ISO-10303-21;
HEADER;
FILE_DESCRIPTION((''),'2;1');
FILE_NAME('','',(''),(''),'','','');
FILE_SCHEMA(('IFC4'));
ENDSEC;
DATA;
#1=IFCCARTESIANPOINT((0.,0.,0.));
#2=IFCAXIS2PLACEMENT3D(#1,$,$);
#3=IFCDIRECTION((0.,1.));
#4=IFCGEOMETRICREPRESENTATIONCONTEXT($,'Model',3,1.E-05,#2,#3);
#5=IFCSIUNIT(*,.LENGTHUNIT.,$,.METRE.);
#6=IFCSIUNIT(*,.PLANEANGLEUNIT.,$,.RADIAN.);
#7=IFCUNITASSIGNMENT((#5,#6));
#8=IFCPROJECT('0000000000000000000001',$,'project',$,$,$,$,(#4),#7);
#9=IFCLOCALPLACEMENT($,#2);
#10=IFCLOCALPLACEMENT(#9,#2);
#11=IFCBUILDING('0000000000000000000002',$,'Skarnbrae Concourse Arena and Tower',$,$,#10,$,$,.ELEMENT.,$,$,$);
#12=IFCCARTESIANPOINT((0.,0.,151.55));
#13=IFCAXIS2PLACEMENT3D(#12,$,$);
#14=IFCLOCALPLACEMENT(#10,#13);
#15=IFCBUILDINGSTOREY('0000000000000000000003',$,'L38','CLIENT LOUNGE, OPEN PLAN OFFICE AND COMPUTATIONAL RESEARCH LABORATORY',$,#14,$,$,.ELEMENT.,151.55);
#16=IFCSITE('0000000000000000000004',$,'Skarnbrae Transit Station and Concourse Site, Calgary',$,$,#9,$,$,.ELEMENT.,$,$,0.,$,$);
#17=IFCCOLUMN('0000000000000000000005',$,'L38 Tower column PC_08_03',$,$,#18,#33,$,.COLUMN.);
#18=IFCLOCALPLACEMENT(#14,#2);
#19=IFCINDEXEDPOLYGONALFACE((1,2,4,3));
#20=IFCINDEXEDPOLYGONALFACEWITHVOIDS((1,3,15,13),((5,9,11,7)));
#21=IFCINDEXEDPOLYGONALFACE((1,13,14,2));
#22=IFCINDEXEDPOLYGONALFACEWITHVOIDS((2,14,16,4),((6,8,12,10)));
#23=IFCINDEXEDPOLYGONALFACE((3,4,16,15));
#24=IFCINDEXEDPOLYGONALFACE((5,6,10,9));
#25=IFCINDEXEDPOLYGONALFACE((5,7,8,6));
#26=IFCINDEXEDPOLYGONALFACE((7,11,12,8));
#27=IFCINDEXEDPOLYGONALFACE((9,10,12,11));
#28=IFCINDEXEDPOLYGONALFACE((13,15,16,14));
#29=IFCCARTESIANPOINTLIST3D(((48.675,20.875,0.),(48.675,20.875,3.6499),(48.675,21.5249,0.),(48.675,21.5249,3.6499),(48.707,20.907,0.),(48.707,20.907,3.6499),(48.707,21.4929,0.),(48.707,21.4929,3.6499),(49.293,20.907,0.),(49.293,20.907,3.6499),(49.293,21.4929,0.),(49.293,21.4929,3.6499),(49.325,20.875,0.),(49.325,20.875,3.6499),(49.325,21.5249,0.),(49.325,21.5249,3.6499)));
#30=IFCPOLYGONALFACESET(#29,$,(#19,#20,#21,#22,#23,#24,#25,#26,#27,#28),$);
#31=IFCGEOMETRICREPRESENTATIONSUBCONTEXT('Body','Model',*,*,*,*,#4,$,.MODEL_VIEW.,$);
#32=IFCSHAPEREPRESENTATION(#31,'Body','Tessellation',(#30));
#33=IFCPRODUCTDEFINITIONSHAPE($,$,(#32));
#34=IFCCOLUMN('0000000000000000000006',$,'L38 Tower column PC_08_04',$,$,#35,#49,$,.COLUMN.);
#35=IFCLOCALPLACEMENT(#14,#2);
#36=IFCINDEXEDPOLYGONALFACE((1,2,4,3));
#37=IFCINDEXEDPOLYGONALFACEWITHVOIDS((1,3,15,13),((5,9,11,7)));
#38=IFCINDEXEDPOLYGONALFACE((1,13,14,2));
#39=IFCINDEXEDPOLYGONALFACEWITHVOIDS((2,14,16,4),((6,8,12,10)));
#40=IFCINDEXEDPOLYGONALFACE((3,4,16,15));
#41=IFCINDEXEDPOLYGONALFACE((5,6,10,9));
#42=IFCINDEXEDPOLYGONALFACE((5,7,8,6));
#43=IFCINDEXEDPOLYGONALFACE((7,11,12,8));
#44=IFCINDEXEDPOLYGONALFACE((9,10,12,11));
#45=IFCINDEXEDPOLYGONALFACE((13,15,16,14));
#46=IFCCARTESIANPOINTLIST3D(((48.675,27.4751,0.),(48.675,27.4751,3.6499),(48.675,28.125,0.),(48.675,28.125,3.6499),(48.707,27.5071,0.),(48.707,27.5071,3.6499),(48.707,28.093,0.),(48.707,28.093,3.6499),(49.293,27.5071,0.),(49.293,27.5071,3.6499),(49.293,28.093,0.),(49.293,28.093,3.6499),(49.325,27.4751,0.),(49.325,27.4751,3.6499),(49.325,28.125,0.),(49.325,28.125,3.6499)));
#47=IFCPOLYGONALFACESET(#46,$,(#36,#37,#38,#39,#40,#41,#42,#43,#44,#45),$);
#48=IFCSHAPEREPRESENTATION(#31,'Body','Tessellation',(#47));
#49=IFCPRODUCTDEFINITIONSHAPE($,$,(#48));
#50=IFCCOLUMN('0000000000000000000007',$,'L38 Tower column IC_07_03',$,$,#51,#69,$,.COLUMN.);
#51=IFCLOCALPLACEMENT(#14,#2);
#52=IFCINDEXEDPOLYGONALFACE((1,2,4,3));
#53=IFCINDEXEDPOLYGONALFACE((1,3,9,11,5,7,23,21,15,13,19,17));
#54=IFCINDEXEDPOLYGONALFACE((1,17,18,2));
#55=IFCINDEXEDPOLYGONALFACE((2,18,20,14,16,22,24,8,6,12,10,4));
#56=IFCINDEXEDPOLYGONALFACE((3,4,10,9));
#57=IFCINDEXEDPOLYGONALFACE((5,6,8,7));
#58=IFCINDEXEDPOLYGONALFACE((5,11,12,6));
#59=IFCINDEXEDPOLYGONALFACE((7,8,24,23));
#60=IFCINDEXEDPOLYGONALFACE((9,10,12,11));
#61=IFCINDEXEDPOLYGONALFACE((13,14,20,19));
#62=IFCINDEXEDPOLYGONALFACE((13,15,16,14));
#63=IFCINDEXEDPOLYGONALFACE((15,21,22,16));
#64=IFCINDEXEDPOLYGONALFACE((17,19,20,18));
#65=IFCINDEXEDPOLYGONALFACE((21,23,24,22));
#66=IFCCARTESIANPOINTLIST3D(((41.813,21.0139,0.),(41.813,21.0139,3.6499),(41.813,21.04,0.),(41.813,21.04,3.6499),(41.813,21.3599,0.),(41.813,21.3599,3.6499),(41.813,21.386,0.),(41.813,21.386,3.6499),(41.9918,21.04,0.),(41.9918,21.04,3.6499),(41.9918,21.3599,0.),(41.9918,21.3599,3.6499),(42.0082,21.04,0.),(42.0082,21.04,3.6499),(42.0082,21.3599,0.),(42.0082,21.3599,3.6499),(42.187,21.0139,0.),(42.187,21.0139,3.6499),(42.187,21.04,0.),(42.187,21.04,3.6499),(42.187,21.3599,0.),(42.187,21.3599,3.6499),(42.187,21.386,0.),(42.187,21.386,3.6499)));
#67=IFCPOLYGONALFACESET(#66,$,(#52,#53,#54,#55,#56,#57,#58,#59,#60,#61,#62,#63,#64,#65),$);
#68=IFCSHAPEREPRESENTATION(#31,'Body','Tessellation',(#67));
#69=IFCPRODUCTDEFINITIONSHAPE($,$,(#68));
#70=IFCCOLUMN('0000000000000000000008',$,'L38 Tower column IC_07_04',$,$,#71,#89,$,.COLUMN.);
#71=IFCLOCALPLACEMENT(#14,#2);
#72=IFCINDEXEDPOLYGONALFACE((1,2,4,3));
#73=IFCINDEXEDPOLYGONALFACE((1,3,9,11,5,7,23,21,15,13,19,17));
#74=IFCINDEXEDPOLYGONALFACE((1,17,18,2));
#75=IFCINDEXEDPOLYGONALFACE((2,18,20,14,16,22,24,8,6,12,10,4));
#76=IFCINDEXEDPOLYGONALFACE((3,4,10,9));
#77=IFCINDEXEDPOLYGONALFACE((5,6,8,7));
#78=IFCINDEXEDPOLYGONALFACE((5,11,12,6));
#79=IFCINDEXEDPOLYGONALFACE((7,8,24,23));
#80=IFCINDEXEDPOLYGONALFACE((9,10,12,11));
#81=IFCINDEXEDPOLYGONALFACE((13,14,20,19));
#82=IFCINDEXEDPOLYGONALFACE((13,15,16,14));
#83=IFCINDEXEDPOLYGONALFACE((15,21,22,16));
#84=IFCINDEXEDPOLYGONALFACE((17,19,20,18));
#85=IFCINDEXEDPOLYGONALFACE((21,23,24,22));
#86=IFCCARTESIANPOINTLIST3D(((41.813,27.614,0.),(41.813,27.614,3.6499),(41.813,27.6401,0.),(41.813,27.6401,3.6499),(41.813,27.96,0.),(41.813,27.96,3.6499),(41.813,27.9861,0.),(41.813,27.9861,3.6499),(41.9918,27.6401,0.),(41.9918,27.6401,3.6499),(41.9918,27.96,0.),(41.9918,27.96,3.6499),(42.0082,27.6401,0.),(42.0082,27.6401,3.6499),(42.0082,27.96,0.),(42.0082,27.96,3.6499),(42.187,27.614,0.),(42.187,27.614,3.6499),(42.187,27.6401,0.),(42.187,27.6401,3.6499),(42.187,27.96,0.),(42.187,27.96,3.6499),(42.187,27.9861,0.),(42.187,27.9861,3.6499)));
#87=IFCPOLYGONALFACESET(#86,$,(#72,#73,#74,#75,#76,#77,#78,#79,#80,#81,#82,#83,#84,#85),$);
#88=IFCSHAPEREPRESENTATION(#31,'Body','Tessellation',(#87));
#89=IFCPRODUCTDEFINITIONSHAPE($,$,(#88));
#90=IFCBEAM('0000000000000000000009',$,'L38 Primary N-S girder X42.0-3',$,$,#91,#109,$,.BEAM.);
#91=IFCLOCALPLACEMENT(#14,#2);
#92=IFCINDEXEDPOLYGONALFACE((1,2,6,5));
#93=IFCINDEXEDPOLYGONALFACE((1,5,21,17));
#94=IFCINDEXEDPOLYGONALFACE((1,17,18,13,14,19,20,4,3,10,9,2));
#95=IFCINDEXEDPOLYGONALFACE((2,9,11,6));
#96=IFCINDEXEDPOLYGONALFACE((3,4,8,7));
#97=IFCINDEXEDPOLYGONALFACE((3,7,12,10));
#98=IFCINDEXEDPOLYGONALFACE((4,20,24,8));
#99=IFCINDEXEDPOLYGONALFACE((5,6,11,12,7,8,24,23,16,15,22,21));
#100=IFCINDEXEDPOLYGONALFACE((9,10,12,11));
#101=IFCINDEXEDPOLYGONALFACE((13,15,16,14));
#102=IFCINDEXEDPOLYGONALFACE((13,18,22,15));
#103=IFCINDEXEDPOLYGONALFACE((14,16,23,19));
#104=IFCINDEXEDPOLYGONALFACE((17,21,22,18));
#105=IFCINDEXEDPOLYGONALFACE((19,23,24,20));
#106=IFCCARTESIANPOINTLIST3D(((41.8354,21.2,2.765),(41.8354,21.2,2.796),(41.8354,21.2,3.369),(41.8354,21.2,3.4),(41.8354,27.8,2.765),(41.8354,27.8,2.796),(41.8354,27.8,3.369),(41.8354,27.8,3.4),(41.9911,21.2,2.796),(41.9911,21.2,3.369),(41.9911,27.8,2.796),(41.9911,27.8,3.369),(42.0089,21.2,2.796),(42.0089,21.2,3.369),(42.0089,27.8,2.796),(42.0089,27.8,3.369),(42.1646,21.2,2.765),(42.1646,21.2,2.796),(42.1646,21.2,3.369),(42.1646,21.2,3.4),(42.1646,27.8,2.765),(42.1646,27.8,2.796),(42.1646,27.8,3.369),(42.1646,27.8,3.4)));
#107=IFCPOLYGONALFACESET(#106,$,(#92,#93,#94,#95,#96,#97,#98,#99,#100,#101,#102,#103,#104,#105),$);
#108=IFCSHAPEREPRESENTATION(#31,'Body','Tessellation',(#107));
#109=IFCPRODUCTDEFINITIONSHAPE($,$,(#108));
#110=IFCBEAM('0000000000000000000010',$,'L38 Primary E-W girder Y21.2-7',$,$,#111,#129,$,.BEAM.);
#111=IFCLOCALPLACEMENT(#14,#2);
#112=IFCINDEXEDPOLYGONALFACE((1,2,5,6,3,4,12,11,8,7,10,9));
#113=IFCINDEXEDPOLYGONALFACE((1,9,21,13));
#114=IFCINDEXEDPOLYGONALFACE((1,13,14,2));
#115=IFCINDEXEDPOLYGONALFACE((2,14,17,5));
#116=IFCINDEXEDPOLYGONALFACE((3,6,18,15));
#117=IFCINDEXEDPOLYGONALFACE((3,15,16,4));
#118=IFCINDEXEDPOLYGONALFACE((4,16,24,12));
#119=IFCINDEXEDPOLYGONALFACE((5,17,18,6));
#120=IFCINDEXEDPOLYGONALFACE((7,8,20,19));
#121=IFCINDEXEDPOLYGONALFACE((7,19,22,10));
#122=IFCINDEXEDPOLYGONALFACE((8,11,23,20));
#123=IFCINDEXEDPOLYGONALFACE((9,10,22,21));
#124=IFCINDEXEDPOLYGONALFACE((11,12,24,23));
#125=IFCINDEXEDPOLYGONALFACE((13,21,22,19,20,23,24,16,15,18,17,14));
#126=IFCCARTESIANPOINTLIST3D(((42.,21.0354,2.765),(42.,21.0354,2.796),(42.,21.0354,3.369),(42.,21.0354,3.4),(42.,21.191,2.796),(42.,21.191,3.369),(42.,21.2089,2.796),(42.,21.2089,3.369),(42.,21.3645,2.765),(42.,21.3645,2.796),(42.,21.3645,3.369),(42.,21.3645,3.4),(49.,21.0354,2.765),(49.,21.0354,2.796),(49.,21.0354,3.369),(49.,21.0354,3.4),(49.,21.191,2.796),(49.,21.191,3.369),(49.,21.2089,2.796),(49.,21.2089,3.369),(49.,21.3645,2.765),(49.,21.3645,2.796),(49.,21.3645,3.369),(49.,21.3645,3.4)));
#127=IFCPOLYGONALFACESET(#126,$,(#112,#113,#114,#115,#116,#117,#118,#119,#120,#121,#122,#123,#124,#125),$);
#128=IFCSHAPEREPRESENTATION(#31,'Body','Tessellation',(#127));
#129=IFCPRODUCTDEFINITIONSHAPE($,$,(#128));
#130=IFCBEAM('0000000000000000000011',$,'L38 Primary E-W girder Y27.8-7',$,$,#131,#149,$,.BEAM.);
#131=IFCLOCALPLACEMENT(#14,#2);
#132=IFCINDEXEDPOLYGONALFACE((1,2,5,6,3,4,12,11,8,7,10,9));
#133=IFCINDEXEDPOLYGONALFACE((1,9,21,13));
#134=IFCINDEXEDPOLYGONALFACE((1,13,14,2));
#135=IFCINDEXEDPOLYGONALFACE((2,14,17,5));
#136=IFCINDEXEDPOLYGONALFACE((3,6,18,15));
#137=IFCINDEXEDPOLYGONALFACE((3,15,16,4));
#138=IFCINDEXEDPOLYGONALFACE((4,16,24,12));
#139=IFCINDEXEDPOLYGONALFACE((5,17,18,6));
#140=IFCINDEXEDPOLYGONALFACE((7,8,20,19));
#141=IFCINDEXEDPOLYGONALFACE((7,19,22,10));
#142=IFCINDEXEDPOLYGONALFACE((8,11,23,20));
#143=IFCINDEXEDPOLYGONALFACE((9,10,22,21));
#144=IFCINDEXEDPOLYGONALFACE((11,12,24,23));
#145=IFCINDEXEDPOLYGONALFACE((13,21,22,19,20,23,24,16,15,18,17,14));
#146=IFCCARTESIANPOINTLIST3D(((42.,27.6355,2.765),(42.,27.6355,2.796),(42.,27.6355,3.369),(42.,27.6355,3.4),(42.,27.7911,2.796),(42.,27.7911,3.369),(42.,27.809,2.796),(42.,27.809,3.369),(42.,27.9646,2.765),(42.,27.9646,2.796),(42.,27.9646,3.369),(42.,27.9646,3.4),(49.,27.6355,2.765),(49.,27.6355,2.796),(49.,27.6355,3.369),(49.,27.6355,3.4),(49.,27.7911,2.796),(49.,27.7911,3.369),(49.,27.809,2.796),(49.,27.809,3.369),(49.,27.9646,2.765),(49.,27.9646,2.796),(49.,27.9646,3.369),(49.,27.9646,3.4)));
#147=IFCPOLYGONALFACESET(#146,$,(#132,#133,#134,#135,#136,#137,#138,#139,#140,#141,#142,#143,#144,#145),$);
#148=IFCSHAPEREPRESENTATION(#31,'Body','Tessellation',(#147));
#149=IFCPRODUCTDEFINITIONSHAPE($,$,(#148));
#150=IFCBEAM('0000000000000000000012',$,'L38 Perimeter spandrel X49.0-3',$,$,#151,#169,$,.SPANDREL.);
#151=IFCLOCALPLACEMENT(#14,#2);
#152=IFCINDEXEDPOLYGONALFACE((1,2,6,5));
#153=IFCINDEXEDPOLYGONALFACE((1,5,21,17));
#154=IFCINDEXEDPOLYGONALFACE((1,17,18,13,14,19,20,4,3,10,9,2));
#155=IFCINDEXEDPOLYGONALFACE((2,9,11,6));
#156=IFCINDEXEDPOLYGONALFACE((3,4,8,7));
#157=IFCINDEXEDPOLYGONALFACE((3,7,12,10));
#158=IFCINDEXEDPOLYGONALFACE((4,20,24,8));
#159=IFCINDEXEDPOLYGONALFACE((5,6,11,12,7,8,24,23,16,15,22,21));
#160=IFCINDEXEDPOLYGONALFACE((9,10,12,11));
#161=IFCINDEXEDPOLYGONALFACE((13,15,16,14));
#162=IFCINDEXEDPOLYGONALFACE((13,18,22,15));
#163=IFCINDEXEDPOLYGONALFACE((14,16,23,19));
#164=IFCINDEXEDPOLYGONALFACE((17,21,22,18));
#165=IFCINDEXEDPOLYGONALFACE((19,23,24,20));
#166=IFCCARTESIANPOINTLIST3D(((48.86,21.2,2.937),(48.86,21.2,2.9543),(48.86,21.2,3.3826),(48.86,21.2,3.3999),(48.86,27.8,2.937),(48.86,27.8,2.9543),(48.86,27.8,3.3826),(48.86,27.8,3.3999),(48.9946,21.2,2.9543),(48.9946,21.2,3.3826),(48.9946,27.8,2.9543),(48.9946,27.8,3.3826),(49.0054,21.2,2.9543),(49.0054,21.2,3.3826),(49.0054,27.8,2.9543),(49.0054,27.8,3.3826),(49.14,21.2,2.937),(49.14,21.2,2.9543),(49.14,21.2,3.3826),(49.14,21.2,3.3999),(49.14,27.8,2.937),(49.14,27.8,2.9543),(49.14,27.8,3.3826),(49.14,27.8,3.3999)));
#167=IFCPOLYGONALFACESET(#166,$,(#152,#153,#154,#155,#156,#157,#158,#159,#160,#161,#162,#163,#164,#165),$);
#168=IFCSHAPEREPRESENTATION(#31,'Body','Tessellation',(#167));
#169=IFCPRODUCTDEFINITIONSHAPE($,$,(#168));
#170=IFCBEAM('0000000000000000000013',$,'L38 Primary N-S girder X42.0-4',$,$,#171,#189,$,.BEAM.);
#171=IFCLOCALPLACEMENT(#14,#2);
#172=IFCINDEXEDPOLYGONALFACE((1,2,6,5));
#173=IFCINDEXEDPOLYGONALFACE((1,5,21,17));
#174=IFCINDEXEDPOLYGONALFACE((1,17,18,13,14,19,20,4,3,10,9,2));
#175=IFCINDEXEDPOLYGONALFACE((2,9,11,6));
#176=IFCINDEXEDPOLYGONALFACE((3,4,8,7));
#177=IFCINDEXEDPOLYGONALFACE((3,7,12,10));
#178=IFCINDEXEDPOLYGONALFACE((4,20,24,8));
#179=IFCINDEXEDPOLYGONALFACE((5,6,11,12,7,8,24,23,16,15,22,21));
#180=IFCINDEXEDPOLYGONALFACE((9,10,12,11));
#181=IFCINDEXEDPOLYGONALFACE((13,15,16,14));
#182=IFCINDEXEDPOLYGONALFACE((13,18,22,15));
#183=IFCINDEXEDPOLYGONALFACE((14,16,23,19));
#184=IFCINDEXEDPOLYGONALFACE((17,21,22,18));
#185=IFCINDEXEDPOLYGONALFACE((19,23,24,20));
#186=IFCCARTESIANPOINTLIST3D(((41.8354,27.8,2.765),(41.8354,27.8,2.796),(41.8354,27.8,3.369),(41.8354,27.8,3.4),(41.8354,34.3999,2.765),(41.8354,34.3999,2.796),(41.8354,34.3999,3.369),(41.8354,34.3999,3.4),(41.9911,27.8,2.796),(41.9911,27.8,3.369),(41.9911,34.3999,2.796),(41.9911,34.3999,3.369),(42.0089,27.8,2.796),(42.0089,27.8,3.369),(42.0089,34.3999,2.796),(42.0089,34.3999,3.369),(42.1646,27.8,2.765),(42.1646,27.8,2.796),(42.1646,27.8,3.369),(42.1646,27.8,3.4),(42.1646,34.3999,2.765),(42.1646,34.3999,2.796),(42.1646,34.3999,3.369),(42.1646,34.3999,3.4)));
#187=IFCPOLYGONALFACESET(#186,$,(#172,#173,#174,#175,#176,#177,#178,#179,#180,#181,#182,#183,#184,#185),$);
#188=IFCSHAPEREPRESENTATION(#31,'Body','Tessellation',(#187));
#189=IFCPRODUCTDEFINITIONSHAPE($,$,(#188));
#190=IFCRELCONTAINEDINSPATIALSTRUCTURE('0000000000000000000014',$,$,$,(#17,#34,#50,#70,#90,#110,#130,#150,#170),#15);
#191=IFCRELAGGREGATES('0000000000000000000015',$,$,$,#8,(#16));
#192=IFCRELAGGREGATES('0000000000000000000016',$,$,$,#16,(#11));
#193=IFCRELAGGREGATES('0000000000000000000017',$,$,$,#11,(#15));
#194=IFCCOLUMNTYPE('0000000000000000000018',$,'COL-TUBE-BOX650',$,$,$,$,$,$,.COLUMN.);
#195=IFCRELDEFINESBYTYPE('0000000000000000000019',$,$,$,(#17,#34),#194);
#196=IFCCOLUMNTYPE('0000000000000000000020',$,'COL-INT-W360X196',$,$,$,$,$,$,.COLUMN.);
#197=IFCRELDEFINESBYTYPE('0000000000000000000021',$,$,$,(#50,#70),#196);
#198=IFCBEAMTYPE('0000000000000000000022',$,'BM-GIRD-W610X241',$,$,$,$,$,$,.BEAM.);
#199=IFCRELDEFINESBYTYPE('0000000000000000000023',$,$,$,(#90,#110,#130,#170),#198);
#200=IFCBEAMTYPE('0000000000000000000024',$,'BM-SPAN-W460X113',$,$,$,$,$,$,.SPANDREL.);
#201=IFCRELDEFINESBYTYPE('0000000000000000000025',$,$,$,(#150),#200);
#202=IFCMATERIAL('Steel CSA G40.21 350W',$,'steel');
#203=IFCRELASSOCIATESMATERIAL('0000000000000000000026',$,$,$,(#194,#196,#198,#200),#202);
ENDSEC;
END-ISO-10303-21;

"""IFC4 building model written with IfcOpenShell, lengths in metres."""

from ifc_helpers import new_model, si_unit, direction, frame, origin, origin_2d, place, context, subcontext, project, spatial, hollow_rectangle, i_section, extrude, source, transform, mapped, material, material_profile, profile_set, type_object, element, save


model = new_model("IFC4")

# Units and contexts
model_context = context("Model", 3, precision=1e-05, world=origin(), true_north=direction((0.0, 1.0)))
body_context = subcontext(model_context, "Body", "Model", "MODEL_VIEW")
ifc_project = project(units=[si_unit("LENGTHUNIT", "METRE"), si_unit("PLANEANGLEUNIT", "RADIAN")], contexts=[model_context])

# Site, building, storey
site_placement = place(None, origin())
site = spatial("IfcSite", under=ifc_project, at=site_placement, Name="Skarnbrae Transit Station and Concourse Site, Calgary", CompositionType="ELEMENT", RefElevation=0.0)
building_placement = place(site_placement, origin())
building = spatial("IfcBuilding", under=site, at=building_placement, Name="Skarnbrae Concourse Arena and Tower", CompositionType="ELEMENT")
storey_placement = place(building_placement, frame((0.0, 0.0, 151.55)))
storey = spatial("IfcBuildingStorey", under=building, at=storey_placement, Name="L38", Description="CLIENT LOUNGE, OPEN PLAN OFFICE AND COMPUTATIONAL RESEARCH LABORATORY", CompositionType="ELEMENT", Elevation=151.55)

# Columns
ifc_material_1 = material(Name="Steel CSA G40.21 350W", Category="steel")
ifc_material_profile_1 = material_profile(ifc_material_1, hollow_rectangle(XDim=0.6499, YDim=0.6499, WallThickness=0.032, at=origin_2d()), Name="BOX650X650X32")
ifc_profile_set_1 = profile_set([ifc_material_profile_1], Name="Steel CSA G40.21 350W")
column_type_1 = type_object("IfcColumnType", Name="COL-TUBE-BOX650", PredefinedType="COLUMN", material=ifc_profile_set_1)
shared_shape_1 = source(origin(), body_context, "Body", "SweptSolid", [
    extrude(hollow_rectangle(XDim=0.6499, YDim=0.6499, WallThickness=0.032, at=origin_2d()), origin(), (0.0, 0.0, 1.0), 3.6499),
])
for number, where, z_axis, x_axis, name in (
    (1, (49.0, 21.2, 0.0), (0.0, 0.0, 1.0), (1.0, 0.0, 0.0), "L38 Tower column PC_08_03"),
    (2, (49.0, 27.8, 0.0), (0.0, 0.0, 1.0), (1.0, 0.0, 0.0), "L38 Tower column PC_08_04"),
):
    element("IfcColumn", number, at=place(storey_placement, frame(where, z_axis=z_axis, x_axis=x_axis)), inside=storey, type_object=column_type_1, Name=name, PredefinedType="COLUMN", context=body_context, shape_type="MappedRepresentation", body=[
        mapped(shared_shape_1, transform((0.0, 0.0, 0.0))),
    ])
ifc_material_profile_2 = material_profile(ifc_material_1, i_section(OverallWidth=0.374, OverallDepth=0.3721, WebThickness=0.0164, FlangeThickness=0.0261, at=origin_2d()), Name="W360X196")
ifc_profile_set_2 = profile_set([ifc_material_profile_2], Name="Steel CSA G40.21 350W")
column_type_2 = type_object("IfcColumnType", Name="COL-INT-W360X196", PredefinedType="COLUMN", material=ifc_profile_set_2)
shared_shape_2 = source(origin(), body_context, "Body", "SweptSolid", [
    extrude(i_section(OverallWidth=0.374, OverallDepth=0.3721, WebThickness=0.0164, FlangeThickness=0.0261, at=origin_2d()), origin(), (0.0, 0.0, 1.0), 3.6499),
])
for number, where, z_axis, x_axis, name in (
    (3, (42.0, 21.2, 0.0), (0.0, 0.0, 1.0), (1.0, 0.0, 0.0), "L38 Tower column IC_07_03"),
    (4, (42.0, 27.8, 0.0), (0.0, 0.0, 1.0), (1.0, 0.0, 0.0), "L38 Tower column IC_07_04"),
):
    element("IfcColumn", number, at=place(storey_placement, frame(where, z_axis=z_axis, x_axis=x_axis)), inside=storey, type_object=column_type_2, Name=name, PredefinedType="COLUMN", context=body_context, shape_type="MappedRepresentation", body=[
        mapped(shared_shape_2, transform((0.0, 0.0, 0.0))),
    ])

# Beams
ifc_material_profile_3 = material_profile(ifc_material_1, i_section(OverallWidth=0.3291, OverallDepth=0.635, WebThickness=0.0178, FlangeThickness=0.031, at=origin_2d()), Name="W610X241")
ifc_profile_set_3 = profile_set([ifc_material_profile_3], Name="Steel CSA G40.21 350W")
beam_type_1 = type_object("IfcBeamType", Name="BM-GIRD-W610X241", PredefinedType="BEAM", material=ifc_profile_set_3)
shared_shape_3 = source(origin(), body_context, "Body", "SweptSolid", [
    extrude(i_section(OverallWidth=0.3291, OverallDepth=0.635, WebThickness=0.0178, FlangeThickness=0.031, at=origin_2d()), origin(), (0.0, 0.0, 1.0), 6.6001),
])
beam_1_placement = place(storey_placement, frame((42.0, 21.2, 3.0825), z_axis=(0.0, 1.0, 0.0), x_axis=(-1.0, 0.0, 0.0)))
element("IfcBeam", 5, at=beam_1_placement, inside=storey, type_object=beam_type_1, Name="L38 Primary N-S girder X42.0-3", PredefinedType="BEAM", context=body_context, shape_type="MappedRepresentation", body=[
    mapped(shared_shape_3, transform((0.0, 0.0, 0.0))),
])
shared_shape_4 = source(origin(), body_context, "Body", "SweptSolid", [
    extrude(i_section(OverallWidth=0.3291, OverallDepth=0.635, WebThickness=0.0178, FlangeThickness=0.031, at=origin_2d()), origin(), (0.0, 0.0, 1.0), 7.0),
])
for number, where, z_axis, x_axis, name in (
    (6, (42.0, 21.2, 3.0825), (1.0, 0.0, 0.0), (0.0, 1.0, 0.0), "L38 Primary E-W girder Y21.2-7"),
    (7, (42.0, 27.8, 3.0825), (1.0, 0.0, 0.0), (0.0, 1.0, 0.0), "L38 Primary E-W girder Y27.8-7"),
):
    element("IfcBeam", number, at=place(storey_placement, frame(where, z_axis=z_axis, x_axis=x_axis)), inside=storey, type_object=beam_type_1, Name=name, PredefinedType="BEAM", context=body_context, shape_type="MappedRepresentation", body=[
        mapped(shared_shape_4, transform((0.0, 0.0, 0.0))),
    ])
ifc_material_profile_4 = material_profile(ifc_material_1, i_section(OverallWidth=0.28, OverallDepth=0.4629, WebThickness=0.0107, FlangeThickness=0.0173, at=origin_2d()), Name="W460X113")
ifc_profile_set_4 = profile_set([ifc_material_profile_4], Name="Steel CSA G40.21 350W")
beam_type_2 = type_object("IfcBeamType", Name="BM-SPAN-W460X113", PredefinedType="SPANDREL", material=ifc_profile_set_4)
shared_shape_5 = source(origin(), body_context, "Body", "SweptSolid", [
    extrude(i_section(OverallWidth=0.28, OverallDepth=0.4629, WebThickness=0.0107, FlangeThickness=0.0173, at=origin_2d()), origin(), (0.0, 0.0, 1.0), 6.6001),
])
beam_2_placement = place(storey_placement, frame((49.0, 21.2, 3.1685), z_axis=(0.0, 1.0, 0.0), x_axis=(-1.0, 0.0, 0.0)))
element("IfcBeam", 8, at=beam_2_placement, inside=storey, type_object=beam_type_2, Name="L38 Perimeter spandrel X49.0-3", PredefinedType="SPANDREL", context=body_context, shape_type="MappedRepresentation", body=[
    mapped(shared_shape_5, transform((0.0, 0.0, 0.0))),
])
shared_shape_6 = source(origin(), body_context, "Body", "SweptSolid", [
    extrude(i_section(OverallWidth=0.3291, OverallDepth=0.635, WebThickness=0.0178, FlangeThickness=0.031, at=origin_2d()), origin(), (0.0, 0.0, 1.0), 6.5999),
])
beam_3_placement = place(storey_placement, frame((42.0, 27.8, 3.0825), z_axis=(0.0, 1.0, 0.0), x_axis=(-1.0, 0.0, 0.0)))
element("IfcBeam", 9, at=beam_3_placement, inside=storey, type_object=beam_type_1, Name="L38 Primary N-S girder X42.0-4", PredefinedType="BEAM", context=body_context, shape_type="MappedRepresentation", body=[
    mapped(shared_shape_6, transform((0.0, 0.0, 0.0))),
])

save(model, "model.ifc")
